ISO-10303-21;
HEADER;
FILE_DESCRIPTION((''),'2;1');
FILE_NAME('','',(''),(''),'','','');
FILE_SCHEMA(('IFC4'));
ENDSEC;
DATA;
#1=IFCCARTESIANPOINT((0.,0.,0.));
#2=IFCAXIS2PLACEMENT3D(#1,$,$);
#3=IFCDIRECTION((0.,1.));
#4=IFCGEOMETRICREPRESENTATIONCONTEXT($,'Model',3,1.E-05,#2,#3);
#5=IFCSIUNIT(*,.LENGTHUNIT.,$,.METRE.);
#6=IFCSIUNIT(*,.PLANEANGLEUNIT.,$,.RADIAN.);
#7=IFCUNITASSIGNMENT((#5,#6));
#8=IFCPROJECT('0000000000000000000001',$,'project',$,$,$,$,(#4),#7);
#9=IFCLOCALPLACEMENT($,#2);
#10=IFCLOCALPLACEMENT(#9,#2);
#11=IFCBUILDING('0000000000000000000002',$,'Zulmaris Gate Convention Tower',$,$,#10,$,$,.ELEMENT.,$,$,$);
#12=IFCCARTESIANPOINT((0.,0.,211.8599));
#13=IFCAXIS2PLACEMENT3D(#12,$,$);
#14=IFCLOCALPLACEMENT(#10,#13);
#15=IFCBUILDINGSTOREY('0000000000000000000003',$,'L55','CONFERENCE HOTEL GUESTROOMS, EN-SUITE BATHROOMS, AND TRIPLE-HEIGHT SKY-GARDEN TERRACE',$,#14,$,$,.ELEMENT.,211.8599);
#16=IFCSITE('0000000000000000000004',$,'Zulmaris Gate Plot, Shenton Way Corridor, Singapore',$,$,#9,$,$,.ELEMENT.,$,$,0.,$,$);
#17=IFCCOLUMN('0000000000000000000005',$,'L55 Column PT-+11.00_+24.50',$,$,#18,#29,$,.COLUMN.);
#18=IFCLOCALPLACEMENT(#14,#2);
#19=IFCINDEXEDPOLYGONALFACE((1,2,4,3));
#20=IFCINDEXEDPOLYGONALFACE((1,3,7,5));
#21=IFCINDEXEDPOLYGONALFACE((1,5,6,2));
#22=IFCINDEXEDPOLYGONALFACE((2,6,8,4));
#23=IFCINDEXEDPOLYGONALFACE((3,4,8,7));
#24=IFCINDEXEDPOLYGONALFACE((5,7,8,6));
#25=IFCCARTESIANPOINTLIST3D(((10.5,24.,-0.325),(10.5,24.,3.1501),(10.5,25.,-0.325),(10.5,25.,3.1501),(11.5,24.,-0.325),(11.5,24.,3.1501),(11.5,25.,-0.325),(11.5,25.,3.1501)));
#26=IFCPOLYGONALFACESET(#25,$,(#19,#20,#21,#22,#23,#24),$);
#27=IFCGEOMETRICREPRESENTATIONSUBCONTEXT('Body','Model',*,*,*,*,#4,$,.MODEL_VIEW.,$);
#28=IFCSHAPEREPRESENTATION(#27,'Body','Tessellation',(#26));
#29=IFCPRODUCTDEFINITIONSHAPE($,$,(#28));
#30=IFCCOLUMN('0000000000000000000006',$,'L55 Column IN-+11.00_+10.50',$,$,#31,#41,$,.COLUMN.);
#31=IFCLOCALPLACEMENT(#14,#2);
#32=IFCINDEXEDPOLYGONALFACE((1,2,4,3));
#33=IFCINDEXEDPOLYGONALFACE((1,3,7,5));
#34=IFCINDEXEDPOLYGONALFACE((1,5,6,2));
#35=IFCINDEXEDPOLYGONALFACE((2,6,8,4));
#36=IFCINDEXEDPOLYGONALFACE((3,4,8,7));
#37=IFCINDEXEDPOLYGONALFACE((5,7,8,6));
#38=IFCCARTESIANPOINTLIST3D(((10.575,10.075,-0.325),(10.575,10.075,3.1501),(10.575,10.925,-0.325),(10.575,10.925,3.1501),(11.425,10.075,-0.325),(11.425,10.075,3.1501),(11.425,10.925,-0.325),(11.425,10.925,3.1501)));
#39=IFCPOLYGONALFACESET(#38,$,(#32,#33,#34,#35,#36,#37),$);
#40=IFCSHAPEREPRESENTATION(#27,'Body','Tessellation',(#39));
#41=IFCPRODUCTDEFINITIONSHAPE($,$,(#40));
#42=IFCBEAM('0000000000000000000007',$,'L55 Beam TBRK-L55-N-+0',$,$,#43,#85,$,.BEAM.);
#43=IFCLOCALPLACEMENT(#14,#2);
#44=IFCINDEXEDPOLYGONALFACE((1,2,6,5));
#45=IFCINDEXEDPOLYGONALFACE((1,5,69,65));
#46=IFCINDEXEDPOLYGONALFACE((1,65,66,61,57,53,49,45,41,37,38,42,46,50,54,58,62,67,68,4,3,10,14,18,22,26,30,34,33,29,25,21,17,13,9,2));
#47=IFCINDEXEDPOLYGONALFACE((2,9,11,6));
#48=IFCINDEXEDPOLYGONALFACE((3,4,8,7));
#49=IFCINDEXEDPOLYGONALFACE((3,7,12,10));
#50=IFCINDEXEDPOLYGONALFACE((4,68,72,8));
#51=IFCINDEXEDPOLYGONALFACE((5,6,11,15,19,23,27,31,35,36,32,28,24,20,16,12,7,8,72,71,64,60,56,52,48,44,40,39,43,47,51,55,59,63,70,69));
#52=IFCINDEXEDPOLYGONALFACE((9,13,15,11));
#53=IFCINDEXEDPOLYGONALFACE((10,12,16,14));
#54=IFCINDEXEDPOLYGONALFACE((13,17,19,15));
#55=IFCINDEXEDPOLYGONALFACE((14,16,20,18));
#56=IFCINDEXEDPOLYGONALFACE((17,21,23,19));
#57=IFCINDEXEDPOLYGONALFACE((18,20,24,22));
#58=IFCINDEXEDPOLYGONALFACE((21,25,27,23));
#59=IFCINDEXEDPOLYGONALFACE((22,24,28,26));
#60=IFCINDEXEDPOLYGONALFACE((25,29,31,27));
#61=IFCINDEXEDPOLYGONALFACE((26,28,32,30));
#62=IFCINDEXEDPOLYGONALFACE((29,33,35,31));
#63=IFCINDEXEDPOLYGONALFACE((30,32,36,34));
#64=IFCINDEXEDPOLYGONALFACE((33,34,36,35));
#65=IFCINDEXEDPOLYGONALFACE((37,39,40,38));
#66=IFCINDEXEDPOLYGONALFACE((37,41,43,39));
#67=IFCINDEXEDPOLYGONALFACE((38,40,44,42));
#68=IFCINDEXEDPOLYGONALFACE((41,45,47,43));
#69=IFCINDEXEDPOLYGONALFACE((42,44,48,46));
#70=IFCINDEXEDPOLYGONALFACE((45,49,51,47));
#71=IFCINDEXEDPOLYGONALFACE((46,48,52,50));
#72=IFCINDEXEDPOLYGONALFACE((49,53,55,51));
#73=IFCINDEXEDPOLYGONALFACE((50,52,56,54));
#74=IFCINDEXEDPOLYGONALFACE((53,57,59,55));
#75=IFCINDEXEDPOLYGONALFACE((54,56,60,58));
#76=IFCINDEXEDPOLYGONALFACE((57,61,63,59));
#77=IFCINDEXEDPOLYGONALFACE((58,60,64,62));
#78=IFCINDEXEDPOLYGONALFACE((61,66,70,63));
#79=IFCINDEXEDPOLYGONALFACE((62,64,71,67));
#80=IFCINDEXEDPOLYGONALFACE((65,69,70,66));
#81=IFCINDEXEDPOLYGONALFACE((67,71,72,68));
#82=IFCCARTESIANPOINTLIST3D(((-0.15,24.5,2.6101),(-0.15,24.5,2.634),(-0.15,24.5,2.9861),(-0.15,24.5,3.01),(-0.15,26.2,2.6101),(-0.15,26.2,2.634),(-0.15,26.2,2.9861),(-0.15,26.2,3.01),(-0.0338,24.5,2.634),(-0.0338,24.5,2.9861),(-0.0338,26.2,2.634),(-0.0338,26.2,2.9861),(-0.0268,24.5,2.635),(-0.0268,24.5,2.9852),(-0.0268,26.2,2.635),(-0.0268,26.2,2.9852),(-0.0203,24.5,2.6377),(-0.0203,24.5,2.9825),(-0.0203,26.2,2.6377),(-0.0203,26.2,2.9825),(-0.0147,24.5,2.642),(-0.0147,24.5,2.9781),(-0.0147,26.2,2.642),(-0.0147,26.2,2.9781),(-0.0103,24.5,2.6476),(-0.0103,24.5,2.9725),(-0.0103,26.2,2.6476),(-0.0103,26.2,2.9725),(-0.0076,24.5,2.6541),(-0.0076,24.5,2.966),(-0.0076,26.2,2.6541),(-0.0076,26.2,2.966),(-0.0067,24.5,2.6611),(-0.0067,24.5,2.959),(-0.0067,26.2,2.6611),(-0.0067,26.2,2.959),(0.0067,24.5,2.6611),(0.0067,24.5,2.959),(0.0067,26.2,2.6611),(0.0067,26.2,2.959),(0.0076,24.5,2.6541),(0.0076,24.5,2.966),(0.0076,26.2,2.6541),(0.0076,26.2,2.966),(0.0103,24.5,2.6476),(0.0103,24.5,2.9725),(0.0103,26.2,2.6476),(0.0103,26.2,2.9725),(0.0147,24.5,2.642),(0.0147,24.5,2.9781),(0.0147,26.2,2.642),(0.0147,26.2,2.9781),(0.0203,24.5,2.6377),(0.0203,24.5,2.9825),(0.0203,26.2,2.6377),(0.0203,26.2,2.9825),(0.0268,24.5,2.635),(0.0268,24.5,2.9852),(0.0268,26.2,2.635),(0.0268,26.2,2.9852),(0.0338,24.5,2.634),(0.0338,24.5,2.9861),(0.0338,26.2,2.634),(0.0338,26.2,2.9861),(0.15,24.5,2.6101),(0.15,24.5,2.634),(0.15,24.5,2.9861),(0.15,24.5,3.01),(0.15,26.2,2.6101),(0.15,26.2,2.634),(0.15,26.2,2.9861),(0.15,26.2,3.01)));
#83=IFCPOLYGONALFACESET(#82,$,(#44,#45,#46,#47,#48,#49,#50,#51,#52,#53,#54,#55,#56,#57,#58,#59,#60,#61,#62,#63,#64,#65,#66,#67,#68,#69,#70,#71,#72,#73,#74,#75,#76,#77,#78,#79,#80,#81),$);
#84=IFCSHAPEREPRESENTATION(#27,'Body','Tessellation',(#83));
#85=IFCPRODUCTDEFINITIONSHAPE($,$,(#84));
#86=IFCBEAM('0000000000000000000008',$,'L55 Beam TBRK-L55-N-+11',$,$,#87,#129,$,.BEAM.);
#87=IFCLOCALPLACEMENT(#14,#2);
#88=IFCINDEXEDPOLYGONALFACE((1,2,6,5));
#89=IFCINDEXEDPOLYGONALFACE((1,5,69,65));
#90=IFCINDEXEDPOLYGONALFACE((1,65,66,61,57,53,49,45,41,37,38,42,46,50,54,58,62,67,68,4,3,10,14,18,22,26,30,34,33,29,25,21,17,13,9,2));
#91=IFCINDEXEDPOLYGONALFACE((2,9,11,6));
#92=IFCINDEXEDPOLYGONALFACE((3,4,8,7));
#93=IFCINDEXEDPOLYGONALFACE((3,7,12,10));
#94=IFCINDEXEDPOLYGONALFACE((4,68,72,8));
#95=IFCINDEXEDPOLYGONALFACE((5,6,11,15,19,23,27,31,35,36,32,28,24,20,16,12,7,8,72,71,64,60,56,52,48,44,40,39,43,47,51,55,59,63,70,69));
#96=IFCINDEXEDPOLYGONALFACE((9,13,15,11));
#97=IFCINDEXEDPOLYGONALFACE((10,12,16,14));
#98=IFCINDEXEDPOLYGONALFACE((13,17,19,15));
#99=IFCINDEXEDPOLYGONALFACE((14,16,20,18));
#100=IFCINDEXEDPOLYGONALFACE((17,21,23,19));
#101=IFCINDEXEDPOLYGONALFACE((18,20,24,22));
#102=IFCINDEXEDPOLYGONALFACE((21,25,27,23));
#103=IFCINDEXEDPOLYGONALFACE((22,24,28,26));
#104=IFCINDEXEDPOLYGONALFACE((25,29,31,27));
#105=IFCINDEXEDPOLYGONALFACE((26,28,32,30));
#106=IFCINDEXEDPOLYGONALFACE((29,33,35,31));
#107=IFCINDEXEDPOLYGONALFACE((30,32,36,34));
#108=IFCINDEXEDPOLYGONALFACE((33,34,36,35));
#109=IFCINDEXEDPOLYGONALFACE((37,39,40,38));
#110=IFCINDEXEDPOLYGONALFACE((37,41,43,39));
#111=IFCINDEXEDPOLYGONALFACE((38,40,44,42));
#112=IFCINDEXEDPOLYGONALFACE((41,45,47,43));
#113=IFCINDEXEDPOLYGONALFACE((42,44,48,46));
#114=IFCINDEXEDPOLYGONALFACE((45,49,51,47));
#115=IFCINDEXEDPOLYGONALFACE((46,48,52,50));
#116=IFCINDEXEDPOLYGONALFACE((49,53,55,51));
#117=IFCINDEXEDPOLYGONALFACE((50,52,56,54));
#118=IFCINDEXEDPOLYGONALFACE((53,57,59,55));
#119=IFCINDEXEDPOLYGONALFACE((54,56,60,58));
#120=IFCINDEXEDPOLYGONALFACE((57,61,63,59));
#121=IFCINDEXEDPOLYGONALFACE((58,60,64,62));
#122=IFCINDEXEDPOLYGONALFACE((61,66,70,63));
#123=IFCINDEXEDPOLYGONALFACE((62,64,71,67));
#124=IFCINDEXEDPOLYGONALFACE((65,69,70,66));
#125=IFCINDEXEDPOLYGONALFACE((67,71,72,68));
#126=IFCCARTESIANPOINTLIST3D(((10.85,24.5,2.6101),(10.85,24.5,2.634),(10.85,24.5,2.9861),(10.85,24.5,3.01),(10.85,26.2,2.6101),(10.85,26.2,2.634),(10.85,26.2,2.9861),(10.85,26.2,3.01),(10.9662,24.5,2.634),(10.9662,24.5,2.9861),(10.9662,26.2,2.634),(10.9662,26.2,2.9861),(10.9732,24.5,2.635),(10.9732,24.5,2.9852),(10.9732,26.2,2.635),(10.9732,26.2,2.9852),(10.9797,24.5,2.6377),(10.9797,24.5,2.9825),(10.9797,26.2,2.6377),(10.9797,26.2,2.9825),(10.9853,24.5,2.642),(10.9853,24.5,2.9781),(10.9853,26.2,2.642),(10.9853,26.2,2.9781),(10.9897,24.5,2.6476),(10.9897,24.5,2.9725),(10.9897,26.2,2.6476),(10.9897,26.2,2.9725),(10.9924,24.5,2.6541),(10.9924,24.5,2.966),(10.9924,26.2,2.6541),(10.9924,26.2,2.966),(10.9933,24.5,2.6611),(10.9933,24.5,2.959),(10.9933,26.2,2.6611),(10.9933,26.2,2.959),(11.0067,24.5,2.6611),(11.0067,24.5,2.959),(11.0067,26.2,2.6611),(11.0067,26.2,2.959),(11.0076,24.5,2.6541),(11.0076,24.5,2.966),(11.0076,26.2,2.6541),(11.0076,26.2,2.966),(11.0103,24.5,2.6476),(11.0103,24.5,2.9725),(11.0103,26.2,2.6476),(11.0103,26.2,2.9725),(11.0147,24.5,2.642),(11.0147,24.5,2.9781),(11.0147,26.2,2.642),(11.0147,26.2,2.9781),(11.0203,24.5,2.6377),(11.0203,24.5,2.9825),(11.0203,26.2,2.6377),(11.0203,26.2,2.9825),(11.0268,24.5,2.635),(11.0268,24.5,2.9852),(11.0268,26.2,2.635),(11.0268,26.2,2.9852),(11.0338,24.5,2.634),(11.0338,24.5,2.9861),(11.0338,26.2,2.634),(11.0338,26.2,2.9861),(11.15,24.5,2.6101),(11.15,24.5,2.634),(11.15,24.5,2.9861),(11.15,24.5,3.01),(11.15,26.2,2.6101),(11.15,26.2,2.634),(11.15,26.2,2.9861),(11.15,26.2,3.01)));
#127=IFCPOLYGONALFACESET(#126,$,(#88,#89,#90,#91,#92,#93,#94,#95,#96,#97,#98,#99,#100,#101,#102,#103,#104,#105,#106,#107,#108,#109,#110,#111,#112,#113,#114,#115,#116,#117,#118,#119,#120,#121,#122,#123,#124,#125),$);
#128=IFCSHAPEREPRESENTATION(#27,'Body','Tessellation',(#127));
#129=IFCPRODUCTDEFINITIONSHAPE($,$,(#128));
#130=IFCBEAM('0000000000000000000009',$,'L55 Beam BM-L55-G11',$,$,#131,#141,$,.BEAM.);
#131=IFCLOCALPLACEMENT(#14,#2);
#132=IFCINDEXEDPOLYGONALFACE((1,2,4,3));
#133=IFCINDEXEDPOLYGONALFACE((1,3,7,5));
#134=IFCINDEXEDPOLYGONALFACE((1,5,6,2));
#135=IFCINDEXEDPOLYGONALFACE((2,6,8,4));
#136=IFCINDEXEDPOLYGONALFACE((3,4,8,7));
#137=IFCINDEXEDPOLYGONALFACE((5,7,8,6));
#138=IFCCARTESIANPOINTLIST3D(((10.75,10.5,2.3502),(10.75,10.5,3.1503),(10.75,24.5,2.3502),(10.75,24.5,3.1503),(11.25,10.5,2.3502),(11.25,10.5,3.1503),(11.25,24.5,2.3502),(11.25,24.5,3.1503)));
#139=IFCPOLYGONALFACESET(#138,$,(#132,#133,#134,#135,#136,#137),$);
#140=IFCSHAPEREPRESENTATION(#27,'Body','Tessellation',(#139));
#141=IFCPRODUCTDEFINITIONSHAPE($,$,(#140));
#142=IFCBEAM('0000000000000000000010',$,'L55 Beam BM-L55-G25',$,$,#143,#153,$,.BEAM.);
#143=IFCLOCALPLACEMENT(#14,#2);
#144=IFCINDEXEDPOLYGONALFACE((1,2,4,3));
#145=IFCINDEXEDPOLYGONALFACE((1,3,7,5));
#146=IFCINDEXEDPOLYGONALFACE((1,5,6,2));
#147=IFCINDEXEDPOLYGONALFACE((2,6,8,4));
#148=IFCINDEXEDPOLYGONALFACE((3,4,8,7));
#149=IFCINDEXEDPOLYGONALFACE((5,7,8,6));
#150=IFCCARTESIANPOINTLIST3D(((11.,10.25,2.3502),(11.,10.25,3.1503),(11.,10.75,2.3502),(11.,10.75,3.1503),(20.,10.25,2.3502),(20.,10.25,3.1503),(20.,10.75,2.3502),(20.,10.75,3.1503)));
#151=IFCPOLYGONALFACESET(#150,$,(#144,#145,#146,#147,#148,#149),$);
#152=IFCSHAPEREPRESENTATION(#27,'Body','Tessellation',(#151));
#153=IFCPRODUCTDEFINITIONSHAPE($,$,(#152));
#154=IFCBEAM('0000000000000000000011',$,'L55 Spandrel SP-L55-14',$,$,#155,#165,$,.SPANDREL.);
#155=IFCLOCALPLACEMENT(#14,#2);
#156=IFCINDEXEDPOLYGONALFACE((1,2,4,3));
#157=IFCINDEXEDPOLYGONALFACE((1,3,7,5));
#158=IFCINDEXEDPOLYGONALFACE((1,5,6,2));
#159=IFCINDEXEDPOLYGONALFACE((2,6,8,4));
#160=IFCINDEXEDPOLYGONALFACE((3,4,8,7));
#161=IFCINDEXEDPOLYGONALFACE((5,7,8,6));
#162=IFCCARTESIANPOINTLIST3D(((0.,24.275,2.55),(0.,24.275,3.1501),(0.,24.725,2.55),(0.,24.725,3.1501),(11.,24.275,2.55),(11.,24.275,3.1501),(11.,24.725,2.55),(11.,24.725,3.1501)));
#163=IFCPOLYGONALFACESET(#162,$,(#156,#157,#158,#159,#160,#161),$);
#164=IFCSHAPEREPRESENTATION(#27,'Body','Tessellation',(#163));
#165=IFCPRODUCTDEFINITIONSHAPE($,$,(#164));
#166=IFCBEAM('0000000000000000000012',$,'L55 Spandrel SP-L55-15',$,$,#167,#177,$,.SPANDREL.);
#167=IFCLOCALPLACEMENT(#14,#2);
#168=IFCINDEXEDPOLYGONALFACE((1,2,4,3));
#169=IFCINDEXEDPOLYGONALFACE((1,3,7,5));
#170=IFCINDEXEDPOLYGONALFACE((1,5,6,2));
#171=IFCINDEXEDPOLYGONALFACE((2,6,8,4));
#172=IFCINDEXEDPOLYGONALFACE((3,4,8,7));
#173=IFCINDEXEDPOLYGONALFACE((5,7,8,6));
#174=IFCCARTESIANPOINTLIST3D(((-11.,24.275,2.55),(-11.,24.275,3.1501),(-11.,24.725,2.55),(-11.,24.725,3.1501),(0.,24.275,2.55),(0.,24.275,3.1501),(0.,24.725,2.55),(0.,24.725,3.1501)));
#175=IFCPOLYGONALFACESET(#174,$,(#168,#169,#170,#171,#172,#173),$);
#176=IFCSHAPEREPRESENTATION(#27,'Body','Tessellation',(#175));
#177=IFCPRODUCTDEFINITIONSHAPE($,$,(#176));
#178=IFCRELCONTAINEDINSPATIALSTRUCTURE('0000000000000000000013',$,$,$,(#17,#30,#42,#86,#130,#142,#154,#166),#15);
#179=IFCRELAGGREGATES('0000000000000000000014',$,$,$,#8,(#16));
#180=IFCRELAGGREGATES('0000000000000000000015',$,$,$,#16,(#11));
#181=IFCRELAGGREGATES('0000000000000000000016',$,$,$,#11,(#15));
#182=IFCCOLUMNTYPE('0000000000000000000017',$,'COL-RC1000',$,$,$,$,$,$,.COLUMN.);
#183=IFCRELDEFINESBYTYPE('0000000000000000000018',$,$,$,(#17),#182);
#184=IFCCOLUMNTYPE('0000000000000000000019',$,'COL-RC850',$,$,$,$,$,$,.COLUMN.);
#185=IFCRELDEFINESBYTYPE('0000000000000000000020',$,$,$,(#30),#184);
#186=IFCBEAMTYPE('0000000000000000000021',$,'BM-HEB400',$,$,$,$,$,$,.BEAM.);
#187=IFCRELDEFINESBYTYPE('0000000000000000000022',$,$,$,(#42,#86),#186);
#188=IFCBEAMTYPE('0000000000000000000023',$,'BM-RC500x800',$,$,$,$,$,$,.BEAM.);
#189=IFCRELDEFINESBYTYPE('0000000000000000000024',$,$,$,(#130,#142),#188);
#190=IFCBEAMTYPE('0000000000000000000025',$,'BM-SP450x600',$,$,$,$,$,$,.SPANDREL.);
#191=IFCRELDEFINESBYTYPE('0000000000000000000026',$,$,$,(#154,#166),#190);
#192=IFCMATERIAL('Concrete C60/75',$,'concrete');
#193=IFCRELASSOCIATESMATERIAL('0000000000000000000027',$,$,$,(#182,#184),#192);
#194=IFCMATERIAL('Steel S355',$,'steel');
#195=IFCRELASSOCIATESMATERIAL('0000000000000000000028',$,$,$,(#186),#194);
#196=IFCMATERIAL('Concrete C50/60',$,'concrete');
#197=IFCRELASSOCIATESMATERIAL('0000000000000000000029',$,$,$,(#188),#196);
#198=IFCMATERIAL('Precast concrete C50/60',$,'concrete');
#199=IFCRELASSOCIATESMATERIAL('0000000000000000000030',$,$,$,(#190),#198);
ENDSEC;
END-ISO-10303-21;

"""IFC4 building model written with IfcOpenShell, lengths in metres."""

from ifc_helpers import new_model, si_unit, direction, frame, origin, origin_2d, place, context, subcontext, project, spatial, rectangle, i_section, extrude, material, material_profile, profile_set, type_object, element, save


model = new_model("IFC4")

# Units and contexts
model_context = context("Model", 3, precision=1e-05, world=origin(), true_north=direction((0.0, 1.0)))
body_context = subcontext(model_context, "Body", "Model", "MODEL_VIEW")
ifc_project = project(units=[si_unit("LENGTHUNIT", "METRE"), si_unit("PLANEANGLEUNIT", "RADIAN")], contexts=[model_context])

# Site, building, storey
site_placement = place(None, origin())
site = spatial("IfcSite", under=ifc_project, at=site_placement, Name="Zulmaris Gate Plot, Shenton Way Corridor, Singapore", CompositionType="ELEMENT", RefElevation=0.0)
building_placement = place(site_placement, origin())
building = spatial("IfcBuilding", under=site, at=building_placement, Name="Zulmaris Gate Convention Tower", CompositionType="ELEMENT")
storey_placement = place(building_placement, frame((0.0, 0.0, 211.8599)))
storey = spatial("IfcBuildingStorey", under=building, at=storey_placement, Name="L55", Description="CONFERENCE HOTEL GUESTROOMS, EN-SUITE BATHROOMS, AND TRIPLE-HEIGHT SKY-GARDEN TERRACE", CompositionType="ELEMENT", Elevation=211.8599)

# Columns
ifc_material_1 = material(Name="Concrete C60/75", Category="concrete")
ifc_material_profile_1 = material_profile(ifc_material_1, rectangle(XDim=1.0, YDim=1.0, at=origin_2d()), Name="RC COL 1000x1000")
ifc_profile_set_1 = profile_set([ifc_material_profile_1], Name="Concrete C60/75")
column_type_1 = type_object("IfcColumnType", Name="COL-RC1000", PredefinedType="COLUMN", material=ifc_profile_set_1)
column_1_placement = place(storey_placement, frame((11.0, 24.5, -0.325), z_axis=(0.0, 0.0, 1.0), x_axis=(1.0, 0.0, 0.0)))
element("IfcColumn", 1, at=column_1_placement, inside=storey, type_object=column_type_1, Name="L55 Column PT-+11.00_+24.50", PredefinedType="COLUMN", context=body_context, shape_type="SweptSolid", body=[
    extrude(rectangle(XDim=1.0, YDim=1.0, at=origin_2d()), origin(), (0.0, 0.0, 1.0), 3.4751),
])
ifc_material_profile_2 = material_profile(ifc_material_1, rectangle(XDim=0.8501, YDim=0.8501, at=origin_2d()), Name="RC COL 850x850")
ifc_profile_set_2 = profile_set([ifc_material_profile_2], Name="Concrete C60/75")
column_type_2 = type_object("IfcColumnType", Name="COL-RC850", PredefinedType="COLUMN", material=ifc_profile_set_2)
column_2_placement = place(storey_placement, frame((11.0, 10.5, -0.325), z_axis=(0.0, 0.0, 1.0), x_axis=(1.0, 0.0, 0.0)))
element("IfcColumn", 2, at=column_2_placement, inside=storey, type_object=column_type_2, Name="L55 Column IN-+11.00_+10.50", PredefinedType="COLUMN", context=body_context, shape_type="SweptSolid", body=[
    extrude(rectangle(XDim=0.8501, YDim=0.8501, at=origin_2d()), origin(), (0.0, 0.0, 1.0), 3.4751),
])

# Beams
ifc_material_2 = material(Name="Steel S355", Category="steel")
ifc_material_profile_3 = material_profile(ifc_material_2, i_section(OverallWidth=0.3, OverallDepth=0.3999, WebThickness=0.0134, FlangeThickness=0.0239, FilletRadius=0.0271, at=origin_2d()), Name="HEB 400")
ifc_profile_set_3 = profile_set([ifc_material_profile_3], Name="Steel S355")
beam_type_1 = type_object("IfcBeamType", Name="BM-HEB400", PredefinedType="BEAM", material=ifc_profile_set_3)
for number, where, z_axis, x_axis, name in (
    (3, (0.0, 24.5, 2.8101), (0.0, 1.0, 0.0), (-1.0, 0.0, 0.0), "L55 Beam TBRK-L55-N-+0"),
    (4, (11.0, 24.5, 2.8101), (0.0, 1.0, 0.0), (-1.0, 0.0, 0.0), "L55 Beam TBRK-L55-N-+11"),
):
    element("IfcBeam", number, at=place(storey_placement, frame(where, z_axis=z_axis, x_axis=x_axis)), inside=storey, type_object=beam_type_1, Name=name, PredefinedType="BEAM", context=body_context, shape_type="SweptSolid", body=[
        extrude(i_section(OverallWidth=0.3, OverallDepth=0.3999, WebThickness=0.0134, FlangeThickness=0.0239, FilletRadius=0.0271, at=origin_2d()), origin(), (0.0, 0.0, 1.0), 1.7),
    ])
ifc_material_3 = material(Name="Concrete C50/60", Category="concrete")
ifc_material_profile_4 = material_profile(ifc_material_3, rectangle(XDim=0.5, YDim=0.8, at=origin_2d()), Name="RC BEAM 500x800")
ifc_profile_set_4 = profile_set([ifc_material_profile_4], Name="Concrete C50/60")
beam_type_2 = type_object("IfcBeamType", Name="BM-RC500x800", PredefinedType="BEAM", material=ifc_profile_set_4)
beam_1_placement = place(storey_placement, frame((11.0, 10.5, 2.7502), z_axis=(0.0, 1.0, 0.0), x_axis=(-1.0, 0.0, 0.0)))
element("IfcBeam", 5, at=beam_1_placement, inside=storey, type_object=beam_type_2, Name="L55 Beam BM-L55-G11", PredefinedType="BEAM", context=body_context, shape_type="SweptSolid", body=[
    extrude(rectangle(XDim=0.5, YDim=0.8, at=origin_2d()), origin(), (0.0, 0.0, 1.0), 14.0),
])
beam_2_placement = place(storey_placement, frame((11.0, 10.5, 2.7502), z_axis=(1.0, 0.0, 0.0), x_axis=(0.0, 1.0, 0.0)))
element("IfcBeam", 6, at=beam_2_placement, inside=storey, type_object=beam_type_2, Name="L55 Beam BM-L55-G25", PredefinedType="BEAM", context=body_context, shape_type="SweptSolid", body=[
    extrude(rectangle(XDim=0.5, YDim=0.8, at=origin_2d()), origin(), (0.0, 0.0, 1.0), 9.0),
])
ifc_material_4 = material(Name="Precast concrete C50/60", Category="concrete")
ifc_material_profile_5 = material_profile(ifc_material_4, rectangle(XDim=0.45, YDim=0.6001, at=origin_2d()), Name="RC SPANDREL 450x600")
ifc_profile_set_5 = profile_set([ifc_material_profile_5], Name="Precast concrete C50/60")
beam_type_3 = type_object("IfcBeamType", Name="BM-SP450x600", PredefinedType="SPANDREL", material=ifc_profile_set_5)
for number, where, z_axis, x_axis, name in (
    (7, (11.0, 24.5, 2.8501), (-1.0, 0.0, 0.0), (0.0, -1.0, 0.0), "L55 Spandrel SP-L55-14"),
    (8, (0.0, 24.5, 2.8501), (-1.0, 0.0, 0.0), (0.0, -1.0, 0.0), "L55 Spandrel SP-L55-15"),
):
    element("IfcBeam", number, at=place(storey_placement, frame(where, z_axis=z_axis, x_axis=x_axis)), inside=storey, type_object=beam_type_3, Name=name, PredefinedType="SPANDREL", context=body_context, shape_type="SweptSolid", body=[
        extrude(rectangle(XDim=0.45, YDim=0.6001, at=origin_2d()), origin(), (0.0, 0.0, 1.0), 11.0),
    ])

save(model, "model.ifc")
